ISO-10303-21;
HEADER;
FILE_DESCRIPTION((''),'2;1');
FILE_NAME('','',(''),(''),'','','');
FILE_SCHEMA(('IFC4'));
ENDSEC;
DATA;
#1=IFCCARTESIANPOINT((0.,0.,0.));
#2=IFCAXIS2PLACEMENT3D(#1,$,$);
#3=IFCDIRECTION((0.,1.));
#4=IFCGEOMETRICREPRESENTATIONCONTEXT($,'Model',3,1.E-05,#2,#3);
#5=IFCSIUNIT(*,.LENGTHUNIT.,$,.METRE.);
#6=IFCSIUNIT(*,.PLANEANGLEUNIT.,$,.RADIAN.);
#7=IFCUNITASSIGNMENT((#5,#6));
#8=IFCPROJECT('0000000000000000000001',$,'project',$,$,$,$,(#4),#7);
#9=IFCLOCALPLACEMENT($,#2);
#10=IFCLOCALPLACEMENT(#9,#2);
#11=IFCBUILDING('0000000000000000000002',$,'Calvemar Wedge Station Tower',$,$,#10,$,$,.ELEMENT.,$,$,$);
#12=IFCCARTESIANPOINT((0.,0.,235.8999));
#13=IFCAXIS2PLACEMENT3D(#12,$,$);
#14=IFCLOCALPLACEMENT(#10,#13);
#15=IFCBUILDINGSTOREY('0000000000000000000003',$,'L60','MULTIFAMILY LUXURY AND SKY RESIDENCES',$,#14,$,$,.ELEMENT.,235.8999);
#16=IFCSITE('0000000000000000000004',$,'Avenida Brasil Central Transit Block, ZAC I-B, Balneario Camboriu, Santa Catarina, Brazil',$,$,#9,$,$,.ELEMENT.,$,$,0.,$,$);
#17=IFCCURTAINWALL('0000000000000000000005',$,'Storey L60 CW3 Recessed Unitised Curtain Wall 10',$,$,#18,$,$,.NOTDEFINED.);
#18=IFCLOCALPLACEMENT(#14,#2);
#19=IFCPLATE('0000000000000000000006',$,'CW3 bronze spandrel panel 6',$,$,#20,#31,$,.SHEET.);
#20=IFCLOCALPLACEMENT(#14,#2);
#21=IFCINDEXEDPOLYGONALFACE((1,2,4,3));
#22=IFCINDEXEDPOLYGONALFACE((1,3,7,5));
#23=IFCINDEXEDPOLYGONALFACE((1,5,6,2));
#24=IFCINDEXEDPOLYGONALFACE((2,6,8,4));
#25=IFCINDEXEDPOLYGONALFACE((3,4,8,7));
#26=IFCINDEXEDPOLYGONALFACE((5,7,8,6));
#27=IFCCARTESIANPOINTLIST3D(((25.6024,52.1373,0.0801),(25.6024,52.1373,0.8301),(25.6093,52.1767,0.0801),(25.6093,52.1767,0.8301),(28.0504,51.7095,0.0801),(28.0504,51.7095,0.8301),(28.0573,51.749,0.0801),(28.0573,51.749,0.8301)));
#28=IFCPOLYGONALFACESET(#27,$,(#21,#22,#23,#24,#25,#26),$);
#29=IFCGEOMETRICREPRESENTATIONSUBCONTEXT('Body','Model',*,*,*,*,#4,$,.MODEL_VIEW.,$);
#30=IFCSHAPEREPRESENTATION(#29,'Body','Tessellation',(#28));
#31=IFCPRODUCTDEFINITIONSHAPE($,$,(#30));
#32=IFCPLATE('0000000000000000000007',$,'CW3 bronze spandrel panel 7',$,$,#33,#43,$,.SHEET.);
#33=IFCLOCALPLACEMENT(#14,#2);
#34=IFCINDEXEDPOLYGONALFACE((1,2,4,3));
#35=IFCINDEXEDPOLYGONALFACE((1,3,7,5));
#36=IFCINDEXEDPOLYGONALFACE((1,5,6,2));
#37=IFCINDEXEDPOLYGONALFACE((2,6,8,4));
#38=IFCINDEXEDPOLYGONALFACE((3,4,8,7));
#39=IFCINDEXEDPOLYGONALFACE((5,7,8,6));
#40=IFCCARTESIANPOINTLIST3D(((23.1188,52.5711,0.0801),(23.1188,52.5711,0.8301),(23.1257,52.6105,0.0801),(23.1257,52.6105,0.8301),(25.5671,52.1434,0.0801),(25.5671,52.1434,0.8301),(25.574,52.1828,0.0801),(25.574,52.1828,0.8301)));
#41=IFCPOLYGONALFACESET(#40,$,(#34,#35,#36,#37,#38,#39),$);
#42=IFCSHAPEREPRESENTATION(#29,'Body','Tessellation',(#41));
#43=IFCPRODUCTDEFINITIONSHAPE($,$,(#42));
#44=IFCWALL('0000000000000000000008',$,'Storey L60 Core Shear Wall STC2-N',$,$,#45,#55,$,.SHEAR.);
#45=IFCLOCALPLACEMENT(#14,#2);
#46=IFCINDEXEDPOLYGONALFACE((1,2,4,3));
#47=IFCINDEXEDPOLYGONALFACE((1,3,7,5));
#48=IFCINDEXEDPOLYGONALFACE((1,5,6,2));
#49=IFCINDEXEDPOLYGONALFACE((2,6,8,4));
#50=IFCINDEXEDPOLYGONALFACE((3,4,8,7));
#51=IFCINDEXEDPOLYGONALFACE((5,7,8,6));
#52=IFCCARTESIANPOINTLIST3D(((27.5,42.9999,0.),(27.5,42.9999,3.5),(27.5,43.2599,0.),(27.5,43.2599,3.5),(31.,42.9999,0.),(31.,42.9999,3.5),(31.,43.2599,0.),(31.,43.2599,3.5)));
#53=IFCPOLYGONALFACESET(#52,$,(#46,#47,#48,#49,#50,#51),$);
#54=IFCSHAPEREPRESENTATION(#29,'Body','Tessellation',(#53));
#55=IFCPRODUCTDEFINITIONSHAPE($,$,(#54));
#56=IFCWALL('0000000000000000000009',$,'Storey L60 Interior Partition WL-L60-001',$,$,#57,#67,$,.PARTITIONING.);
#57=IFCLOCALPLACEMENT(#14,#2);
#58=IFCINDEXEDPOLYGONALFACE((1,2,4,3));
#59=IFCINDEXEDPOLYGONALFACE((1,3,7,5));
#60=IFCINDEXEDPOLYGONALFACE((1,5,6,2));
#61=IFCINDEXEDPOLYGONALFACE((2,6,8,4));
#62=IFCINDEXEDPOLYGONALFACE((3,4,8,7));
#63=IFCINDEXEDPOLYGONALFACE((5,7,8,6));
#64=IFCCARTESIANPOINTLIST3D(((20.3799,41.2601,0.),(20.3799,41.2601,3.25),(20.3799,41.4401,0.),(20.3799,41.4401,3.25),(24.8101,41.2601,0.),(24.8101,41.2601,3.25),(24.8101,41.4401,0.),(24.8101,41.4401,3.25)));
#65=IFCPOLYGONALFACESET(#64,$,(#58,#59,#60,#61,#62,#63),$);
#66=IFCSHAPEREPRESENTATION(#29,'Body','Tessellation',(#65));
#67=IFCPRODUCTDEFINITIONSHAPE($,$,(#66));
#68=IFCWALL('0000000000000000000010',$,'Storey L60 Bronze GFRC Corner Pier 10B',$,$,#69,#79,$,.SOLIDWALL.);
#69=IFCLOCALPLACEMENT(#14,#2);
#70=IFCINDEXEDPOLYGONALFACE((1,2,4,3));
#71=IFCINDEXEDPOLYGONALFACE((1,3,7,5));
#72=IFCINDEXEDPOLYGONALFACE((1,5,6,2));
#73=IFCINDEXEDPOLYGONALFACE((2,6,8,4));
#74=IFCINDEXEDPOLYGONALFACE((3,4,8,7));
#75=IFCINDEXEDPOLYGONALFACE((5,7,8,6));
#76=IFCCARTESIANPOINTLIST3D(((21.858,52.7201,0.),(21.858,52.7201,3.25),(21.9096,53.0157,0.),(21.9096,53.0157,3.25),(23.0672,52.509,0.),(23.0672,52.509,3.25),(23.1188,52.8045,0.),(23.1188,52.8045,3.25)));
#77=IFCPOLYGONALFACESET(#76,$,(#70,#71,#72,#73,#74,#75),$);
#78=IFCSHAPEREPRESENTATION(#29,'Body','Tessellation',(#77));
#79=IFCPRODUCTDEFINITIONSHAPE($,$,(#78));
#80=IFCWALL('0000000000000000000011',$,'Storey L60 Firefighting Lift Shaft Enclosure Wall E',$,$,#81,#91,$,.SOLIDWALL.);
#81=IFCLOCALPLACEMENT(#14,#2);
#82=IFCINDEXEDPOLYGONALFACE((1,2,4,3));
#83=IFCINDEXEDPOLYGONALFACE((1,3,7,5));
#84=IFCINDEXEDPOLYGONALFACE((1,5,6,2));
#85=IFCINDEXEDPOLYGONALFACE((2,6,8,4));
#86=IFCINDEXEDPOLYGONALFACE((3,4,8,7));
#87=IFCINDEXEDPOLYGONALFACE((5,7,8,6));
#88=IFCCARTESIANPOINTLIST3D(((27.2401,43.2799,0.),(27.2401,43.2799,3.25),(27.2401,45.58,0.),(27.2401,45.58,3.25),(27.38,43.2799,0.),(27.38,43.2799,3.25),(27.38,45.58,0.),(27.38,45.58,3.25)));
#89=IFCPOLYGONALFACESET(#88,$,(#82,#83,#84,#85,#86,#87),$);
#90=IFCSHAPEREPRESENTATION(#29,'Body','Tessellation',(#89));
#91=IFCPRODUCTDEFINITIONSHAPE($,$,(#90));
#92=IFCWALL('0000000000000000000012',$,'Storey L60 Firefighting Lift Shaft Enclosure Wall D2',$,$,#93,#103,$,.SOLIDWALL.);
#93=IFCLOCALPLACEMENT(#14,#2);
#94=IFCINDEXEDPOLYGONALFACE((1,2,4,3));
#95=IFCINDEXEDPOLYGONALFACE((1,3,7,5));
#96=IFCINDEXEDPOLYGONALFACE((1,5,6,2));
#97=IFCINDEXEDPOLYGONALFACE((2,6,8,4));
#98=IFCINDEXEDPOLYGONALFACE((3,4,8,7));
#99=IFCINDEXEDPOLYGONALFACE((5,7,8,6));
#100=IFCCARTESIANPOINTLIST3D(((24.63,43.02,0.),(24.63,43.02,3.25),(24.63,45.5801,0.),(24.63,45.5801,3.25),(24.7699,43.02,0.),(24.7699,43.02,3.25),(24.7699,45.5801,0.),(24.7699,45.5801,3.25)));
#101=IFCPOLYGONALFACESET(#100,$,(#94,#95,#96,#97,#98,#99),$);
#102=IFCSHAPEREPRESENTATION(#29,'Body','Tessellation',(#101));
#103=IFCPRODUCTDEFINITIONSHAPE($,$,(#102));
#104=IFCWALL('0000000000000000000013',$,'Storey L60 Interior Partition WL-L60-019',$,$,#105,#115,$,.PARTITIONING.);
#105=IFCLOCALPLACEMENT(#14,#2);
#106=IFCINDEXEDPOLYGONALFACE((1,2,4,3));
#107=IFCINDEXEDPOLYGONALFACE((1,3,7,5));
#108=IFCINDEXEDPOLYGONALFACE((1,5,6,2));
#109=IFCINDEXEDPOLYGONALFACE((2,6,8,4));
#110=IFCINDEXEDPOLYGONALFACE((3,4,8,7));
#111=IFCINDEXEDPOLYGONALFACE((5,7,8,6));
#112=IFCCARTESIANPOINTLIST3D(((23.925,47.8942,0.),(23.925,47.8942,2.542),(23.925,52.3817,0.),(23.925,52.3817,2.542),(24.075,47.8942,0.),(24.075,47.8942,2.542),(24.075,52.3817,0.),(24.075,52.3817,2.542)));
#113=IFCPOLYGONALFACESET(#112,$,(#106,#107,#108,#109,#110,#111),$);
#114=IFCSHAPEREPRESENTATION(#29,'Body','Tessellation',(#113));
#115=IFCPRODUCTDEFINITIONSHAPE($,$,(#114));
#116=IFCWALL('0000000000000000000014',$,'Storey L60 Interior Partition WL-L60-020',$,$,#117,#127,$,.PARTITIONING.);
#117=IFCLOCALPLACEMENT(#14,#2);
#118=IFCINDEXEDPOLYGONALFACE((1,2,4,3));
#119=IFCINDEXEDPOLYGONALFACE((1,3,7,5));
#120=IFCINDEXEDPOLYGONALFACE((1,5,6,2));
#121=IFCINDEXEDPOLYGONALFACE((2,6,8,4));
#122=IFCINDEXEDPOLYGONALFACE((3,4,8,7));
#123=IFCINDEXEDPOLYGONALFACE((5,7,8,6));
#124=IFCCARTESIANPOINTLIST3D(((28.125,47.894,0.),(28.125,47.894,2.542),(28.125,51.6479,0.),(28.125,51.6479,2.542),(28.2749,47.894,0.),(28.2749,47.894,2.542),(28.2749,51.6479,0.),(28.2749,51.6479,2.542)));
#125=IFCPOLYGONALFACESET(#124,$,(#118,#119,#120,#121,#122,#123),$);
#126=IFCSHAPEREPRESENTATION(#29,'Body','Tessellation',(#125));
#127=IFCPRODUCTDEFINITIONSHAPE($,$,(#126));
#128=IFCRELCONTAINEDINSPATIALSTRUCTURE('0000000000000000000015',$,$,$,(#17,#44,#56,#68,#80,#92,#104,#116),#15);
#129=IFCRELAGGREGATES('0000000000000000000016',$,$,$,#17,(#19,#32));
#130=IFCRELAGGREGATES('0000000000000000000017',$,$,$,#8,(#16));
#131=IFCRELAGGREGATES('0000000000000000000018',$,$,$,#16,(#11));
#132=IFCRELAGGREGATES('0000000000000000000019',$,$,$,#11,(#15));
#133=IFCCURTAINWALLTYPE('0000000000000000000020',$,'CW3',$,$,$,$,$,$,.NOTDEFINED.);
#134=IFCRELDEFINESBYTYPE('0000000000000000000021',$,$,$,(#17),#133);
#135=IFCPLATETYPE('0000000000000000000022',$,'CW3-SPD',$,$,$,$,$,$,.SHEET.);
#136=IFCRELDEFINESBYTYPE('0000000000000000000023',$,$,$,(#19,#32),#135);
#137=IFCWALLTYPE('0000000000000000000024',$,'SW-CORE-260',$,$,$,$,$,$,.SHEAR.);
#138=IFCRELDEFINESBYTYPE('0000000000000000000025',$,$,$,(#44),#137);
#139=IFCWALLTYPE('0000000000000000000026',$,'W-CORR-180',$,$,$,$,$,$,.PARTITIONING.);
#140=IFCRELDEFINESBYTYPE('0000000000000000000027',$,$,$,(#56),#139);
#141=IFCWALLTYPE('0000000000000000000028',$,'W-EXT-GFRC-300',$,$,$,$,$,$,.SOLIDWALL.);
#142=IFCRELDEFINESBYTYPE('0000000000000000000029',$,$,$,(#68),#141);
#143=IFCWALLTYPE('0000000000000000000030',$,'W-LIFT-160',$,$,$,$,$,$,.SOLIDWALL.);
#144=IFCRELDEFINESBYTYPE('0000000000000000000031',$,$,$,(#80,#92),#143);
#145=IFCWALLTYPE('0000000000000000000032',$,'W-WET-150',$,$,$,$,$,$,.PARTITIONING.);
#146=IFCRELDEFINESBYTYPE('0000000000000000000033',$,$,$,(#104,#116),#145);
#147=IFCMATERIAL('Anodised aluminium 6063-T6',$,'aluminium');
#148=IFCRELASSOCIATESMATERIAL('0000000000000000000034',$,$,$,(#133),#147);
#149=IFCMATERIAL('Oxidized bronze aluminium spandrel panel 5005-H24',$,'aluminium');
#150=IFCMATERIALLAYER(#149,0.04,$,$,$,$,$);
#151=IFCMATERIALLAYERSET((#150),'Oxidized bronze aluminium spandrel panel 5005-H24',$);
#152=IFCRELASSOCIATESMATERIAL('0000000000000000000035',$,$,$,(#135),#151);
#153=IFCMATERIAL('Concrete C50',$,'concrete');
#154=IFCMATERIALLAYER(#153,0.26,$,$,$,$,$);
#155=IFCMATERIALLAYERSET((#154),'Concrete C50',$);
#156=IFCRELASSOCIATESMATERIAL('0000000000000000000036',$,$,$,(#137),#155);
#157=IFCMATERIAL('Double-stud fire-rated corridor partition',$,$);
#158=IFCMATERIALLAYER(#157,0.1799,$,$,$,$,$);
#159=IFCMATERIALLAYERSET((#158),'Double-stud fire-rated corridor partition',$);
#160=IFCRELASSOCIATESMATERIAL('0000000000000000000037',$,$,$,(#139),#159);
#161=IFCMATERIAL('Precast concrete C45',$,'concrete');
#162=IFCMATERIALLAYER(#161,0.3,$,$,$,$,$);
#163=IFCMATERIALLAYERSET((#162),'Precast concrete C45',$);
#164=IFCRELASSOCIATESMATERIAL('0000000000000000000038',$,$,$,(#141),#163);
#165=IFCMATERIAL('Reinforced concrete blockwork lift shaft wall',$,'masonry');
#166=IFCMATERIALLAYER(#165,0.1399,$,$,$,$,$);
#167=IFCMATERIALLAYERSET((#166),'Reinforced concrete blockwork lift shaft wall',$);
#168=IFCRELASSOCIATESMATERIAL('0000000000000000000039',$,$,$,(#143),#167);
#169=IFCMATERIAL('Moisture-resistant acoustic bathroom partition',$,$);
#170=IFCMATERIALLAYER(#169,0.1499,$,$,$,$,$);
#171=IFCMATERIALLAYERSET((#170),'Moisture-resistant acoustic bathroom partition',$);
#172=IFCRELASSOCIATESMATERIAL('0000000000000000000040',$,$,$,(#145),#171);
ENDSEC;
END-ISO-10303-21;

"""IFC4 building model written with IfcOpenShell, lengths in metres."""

from ifc_helpers import new_model, si_unit, direction, frame, frame_2d, origin, place, context, subcontext, project, spatial, rectangle, extrude, material, layer, layer_set, type_object, element, aggregate, save


model = new_model("IFC4")

# Units and contexts
model_context = context("Model", 3, precision=1e-05, world=origin(), true_north=direction((0.0, 1.0)))
body_context = subcontext(model_context, "Body", "Model", "MODEL_VIEW")
ifc_project = project(units=[si_unit("LENGTHUNIT", "METRE"), si_unit("PLANEANGLEUNIT", "RADIAN")], contexts=[model_context])

# Site, building, storey
site_placement = place(None, origin())
site = spatial("IfcSite", under=ifc_project, at=site_placement, Name="Avenida Brasil Central Transit Block, ZAC I-B, Balneario Camboriu, Santa Catarina, Brazil", CompositionType="ELEMENT", RefElevation=0.0)
building_placement = place(site_placement, origin())
building = spatial("IfcBuilding", under=site, at=building_placement, Name="Calvemar Wedge Station Tower", CompositionType="ELEMENT")
storey_placement = place(building_placement, frame((0.0, 0.0, 235.8999)))
storey = spatial("IfcBuildingStorey", under=building, at=storey_placement, Name="L60", Description="MULTIFAMILY LUXURY AND SKY RESIDENCES", CompositionType="ELEMENT", Elevation=235.8999)

# Shared definitions
ifc_material_1 = material(Name="Concrete C50", Category="concrete")

# Curtain wall, plates
ifc_material_2 = material(Name="Anodised aluminium 6063-T6", Category="aluminium")
curtain_wall_type = type_object("IfcCurtainWallType", Name="CW3", PredefinedType="NOTDEFINED", material=ifc_material_2)
curtain_wall_placement = place(storey_placement, origin())
curtain_wall = element("IfcCurtainWall", 1, at=curtain_wall_placement, inside=storey, type_object=curtain_wall_type, Name="Storey L60 CW3 Recessed Unitised Curtain Wall 10", PredefinedType="NOTDEFINED")
ifc_material_3 = material(Name="Oxidized bronze aluminium spandrel panel 5005-H24", Category="aluminium")
ifc_layer_1 = layer(ifc_material_3, 0.04)
ifc_layer_set_1 = layer_set([ifc_layer_1], Name="Oxidized bronze aluminium spandrel panel 5005-H24")
plate_type_1 = type_object("IfcPlateType", Name="CW3-SPD", PredefinedType="SHEET", material=ifc_layer_set_1)
plate_1_placement = place(storey_placement, frame((28.054, 51.7292, 0.0801), z_axis=(0.0, 0.0, 1.0), x_axis=(-0.985076, 0.172121, 0.0)))
plate_1 = element("IfcPlate", 2, at=plate_1_placement, type_object=plate_type_1, Name="CW3 bronze spandrel panel 6", PredefinedType="SHEET", context=body_context, shape_type="SweptSolid", body=[
    extrude(rectangle(XDim=2.4851, YDim=0.04, at=frame_2d((1.2427, 0.0))), origin(), (0.0, 0.0, 1.0), 0.75),
])
plate_2_placement = place(storey_placement, frame((25.5706, 52.1631, 0.0801), z_axis=(0.0, 0.0, 1.0), x_axis=(-0.985079, 0.172104, 0.0)))
plate_2 = element("IfcPlate", 3, at=plate_2_placement, type_object=plate_type_1, Name="CW3 bronze spandrel panel 7", PredefinedType="SHEET", context=body_context, shape_type="SweptSolid", body=[
    extrude(rectangle(XDim=2.4854, YDim=0.04, at=frame_2d((1.2427, 0.0))), origin(), (0.0, 0.0, 1.0), 0.75),
])
aggregate(curtain_wall, [plate_1, plate_2])

# Walls
ifc_layer_2 = layer(ifc_material_1, 0.26)
ifc_layer_set_2 = layer_set([ifc_layer_2], Name="Concrete C50")
wall_type_1 = type_object("IfcWallType", Name="SW-CORE-260", PredefinedType="SHEAR", material=ifc_layer_set_2)
wall_1_placement = place(storey_placement, frame((27.5, 43.1299, 0.0), z_axis=(0.0, 0.0, 1.0), x_axis=(1.0, 0.0, 0.0)))
element("IfcWall", 4, at=wall_1_placement, inside=storey, type_object=wall_type_1, Name="Storey L60 Core Shear Wall STC2-N", PredefinedType="SHEAR", context=body_context, shape_type="SweptSolid", body=[
    extrude(rectangle(XDim=3.5, YDim=0.26, at=frame_2d((1.75, 0.0))), origin(), (0.0, 0.0, 1.0), 3.5),
])
ifc_material_4 = material(Name="Double-stud fire-rated corridor partition")
ifc_layer_3 = layer(ifc_material_4, 0.1799)
ifc_layer_set_3 = layer_set([ifc_layer_3], Name="Double-stud fire-rated corridor partition")
wall_type_2 = type_object("IfcWallType", Name="W-CORR-180", PredefinedType="PARTITIONING", material=ifc_layer_set_3)
wall_2_placement = place(storey_placement, frame((24.8101, 41.3501, 0.0), z_axis=(0.0, 0.0, 1.0), x_axis=(-1.0, 0.0, 0.0)))
element("IfcWall", 5, at=wall_2_placement, inside=storey, type_object=wall_type_2, Name="Storey L60 Interior Partition WL-L60-001", PredefinedType="PARTITIONING", context=body_context, shape_type="SweptSolid", body=[
    extrude(rectangle(XDim=4.4302, YDim=0.1799, at=frame_2d((2.2151, 0.0))), origin(), (0.0, 0.0, 1.0), 3.25),
])

# Walls
ifc_material_5 = material(Name="Precast concrete C45", Category="concrete")
ifc_layer_4 = layer(ifc_material_5, 0.3)
ifc_layer_set_4 = layer_set([ifc_layer_4], Name="Precast concrete C45")
wall_type_3 = type_object("IfcWallType", Name="W-EXT-GFRC-300", PredefinedType="SOLIDWALL", material=ifc_layer_set_4)
wall_3_placement = place(storey_placement, frame((23.093, 52.6567, 0.0), z_axis=(0.0, 0.0, 1.0), x_axis=(-0.98509, 0.172038, 0.0)))
element("IfcWall", 6, at=wall_3_placement, inside=storey, type_object=wall_type_3, Name="Storey L60 Bronze GFRC Corner Pier 10B", PredefinedType="SOLIDWALL", context=body_context, shape_type="SweptSolid", body=[
    extrude(rectangle(XDim=1.2275, YDim=0.3, at=frame_2d((0.6138, 0.0))), origin(), (0.0, 0.0, 1.0), 3.25),
])
ifc_material_6 = material(Name="Reinforced concrete blockwork lift shaft wall", Category="masonry")
ifc_layer_5 = layer(ifc_material_6, 0.1399)
ifc_layer_set_5 = layer_set([ifc_layer_5], Name="Reinforced concrete blockwork lift shaft wall")
wall_type_4 = type_object("IfcWallType", Name="W-LIFT-160", PredefinedType="SOLIDWALL", material=ifc_layer_set_5)
wall_4_placement = place(storey_placement, frame((27.3101, 43.28, 0.0), z_axis=(0.0, 0.0, 1.0), x_axis=(0.0, 1.0, 0.0)))
element("IfcWall", 7, at=wall_4_placement, inside=storey, type_object=wall_type_4, Name="Storey L60 Firefighting Lift Shaft Enclosure Wall E", PredefinedType="SOLIDWALL", context=body_context, shape_type="SweptSolid", body=[
    extrude(rectangle(XDim=2.3, YDim=0.1399, at=frame_2d((1.1499, 0.0))), origin(), (0.0, 0.0, 1.0), 3.25),
])
wall_5_placement = place(storey_placement, frame((24.7, 43.02, 0.0), z_axis=(0.0, 0.0, 1.0), x_axis=(0.0, 1.0, 0.0)))
element("IfcWall", 8, at=wall_5_placement, inside=storey, type_object=wall_type_4, Name="Storey L60 Firefighting Lift Shaft Enclosure Wall D2", PredefinedType="SOLIDWALL", context=body_context, shape_type="SweptSolid", body=[
    extrude(rectangle(XDim=2.5601, YDim=0.1399, at=frame_2d((1.28, 0.0))), origin(), (0.0, 0.0, 1.0), 3.25),
])
ifc_material_7 = material(Name="Moisture-resistant acoustic bathroom partition")
ifc_layer_6 = layer(ifc_material_7, 0.1499)
ifc_layer_set_6 = layer_set([ifc_layer_6], Name="Moisture-resistant acoustic bathroom partition")
wall_type_5 = type_object("IfcWallType", Name="W-WET-150", PredefinedType="PARTITIONING", material=ifc_layer_set_6)
wall_6_placement = place(storey_placement, frame((24.0, 52.3816, 0.0), z_axis=(0.0, 0.0, 1.0), x_axis=(0.0, -1.0, 0.0)))
element("IfcWall", 9, at=wall_6_placement, inside=storey, type_object=wall_type_5, Name="Storey L60 Interior Partition WL-L60-019", PredefinedType="PARTITIONING", context=body_context, shape_type="SweptSolid", body=[
    extrude(rectangle(XDim=4.4875, YDim=0.1499, at=frame_2d((2.2437, 0.0))), origin(), (0.0, 0.0, 1.0), 2.542),
])
wall_7_placement = place(storey_placement, frame((28.2, 51.6479, 0.0), z_axis=(0.0, 0.0, 1.0), x_axis=(0.0, -1.0, 0.0)))
element("IfcWall", 10, at=wall_7_placement, inside=storey, type_object=wall_type_5, Name="Storey L60 Interior Partition WL-L60-020", PredefinedType="PARTITIONING", context=body_context, shape_type="SweptSolid", body=[
    extrude(rectangle(XDim=3.7539, YDim=0.1499, at=frame_2d((1.877, 0.0))), origin(), (0.0, 0.0, 1.0), 2.542),
])

save(model, "model.ifc")
